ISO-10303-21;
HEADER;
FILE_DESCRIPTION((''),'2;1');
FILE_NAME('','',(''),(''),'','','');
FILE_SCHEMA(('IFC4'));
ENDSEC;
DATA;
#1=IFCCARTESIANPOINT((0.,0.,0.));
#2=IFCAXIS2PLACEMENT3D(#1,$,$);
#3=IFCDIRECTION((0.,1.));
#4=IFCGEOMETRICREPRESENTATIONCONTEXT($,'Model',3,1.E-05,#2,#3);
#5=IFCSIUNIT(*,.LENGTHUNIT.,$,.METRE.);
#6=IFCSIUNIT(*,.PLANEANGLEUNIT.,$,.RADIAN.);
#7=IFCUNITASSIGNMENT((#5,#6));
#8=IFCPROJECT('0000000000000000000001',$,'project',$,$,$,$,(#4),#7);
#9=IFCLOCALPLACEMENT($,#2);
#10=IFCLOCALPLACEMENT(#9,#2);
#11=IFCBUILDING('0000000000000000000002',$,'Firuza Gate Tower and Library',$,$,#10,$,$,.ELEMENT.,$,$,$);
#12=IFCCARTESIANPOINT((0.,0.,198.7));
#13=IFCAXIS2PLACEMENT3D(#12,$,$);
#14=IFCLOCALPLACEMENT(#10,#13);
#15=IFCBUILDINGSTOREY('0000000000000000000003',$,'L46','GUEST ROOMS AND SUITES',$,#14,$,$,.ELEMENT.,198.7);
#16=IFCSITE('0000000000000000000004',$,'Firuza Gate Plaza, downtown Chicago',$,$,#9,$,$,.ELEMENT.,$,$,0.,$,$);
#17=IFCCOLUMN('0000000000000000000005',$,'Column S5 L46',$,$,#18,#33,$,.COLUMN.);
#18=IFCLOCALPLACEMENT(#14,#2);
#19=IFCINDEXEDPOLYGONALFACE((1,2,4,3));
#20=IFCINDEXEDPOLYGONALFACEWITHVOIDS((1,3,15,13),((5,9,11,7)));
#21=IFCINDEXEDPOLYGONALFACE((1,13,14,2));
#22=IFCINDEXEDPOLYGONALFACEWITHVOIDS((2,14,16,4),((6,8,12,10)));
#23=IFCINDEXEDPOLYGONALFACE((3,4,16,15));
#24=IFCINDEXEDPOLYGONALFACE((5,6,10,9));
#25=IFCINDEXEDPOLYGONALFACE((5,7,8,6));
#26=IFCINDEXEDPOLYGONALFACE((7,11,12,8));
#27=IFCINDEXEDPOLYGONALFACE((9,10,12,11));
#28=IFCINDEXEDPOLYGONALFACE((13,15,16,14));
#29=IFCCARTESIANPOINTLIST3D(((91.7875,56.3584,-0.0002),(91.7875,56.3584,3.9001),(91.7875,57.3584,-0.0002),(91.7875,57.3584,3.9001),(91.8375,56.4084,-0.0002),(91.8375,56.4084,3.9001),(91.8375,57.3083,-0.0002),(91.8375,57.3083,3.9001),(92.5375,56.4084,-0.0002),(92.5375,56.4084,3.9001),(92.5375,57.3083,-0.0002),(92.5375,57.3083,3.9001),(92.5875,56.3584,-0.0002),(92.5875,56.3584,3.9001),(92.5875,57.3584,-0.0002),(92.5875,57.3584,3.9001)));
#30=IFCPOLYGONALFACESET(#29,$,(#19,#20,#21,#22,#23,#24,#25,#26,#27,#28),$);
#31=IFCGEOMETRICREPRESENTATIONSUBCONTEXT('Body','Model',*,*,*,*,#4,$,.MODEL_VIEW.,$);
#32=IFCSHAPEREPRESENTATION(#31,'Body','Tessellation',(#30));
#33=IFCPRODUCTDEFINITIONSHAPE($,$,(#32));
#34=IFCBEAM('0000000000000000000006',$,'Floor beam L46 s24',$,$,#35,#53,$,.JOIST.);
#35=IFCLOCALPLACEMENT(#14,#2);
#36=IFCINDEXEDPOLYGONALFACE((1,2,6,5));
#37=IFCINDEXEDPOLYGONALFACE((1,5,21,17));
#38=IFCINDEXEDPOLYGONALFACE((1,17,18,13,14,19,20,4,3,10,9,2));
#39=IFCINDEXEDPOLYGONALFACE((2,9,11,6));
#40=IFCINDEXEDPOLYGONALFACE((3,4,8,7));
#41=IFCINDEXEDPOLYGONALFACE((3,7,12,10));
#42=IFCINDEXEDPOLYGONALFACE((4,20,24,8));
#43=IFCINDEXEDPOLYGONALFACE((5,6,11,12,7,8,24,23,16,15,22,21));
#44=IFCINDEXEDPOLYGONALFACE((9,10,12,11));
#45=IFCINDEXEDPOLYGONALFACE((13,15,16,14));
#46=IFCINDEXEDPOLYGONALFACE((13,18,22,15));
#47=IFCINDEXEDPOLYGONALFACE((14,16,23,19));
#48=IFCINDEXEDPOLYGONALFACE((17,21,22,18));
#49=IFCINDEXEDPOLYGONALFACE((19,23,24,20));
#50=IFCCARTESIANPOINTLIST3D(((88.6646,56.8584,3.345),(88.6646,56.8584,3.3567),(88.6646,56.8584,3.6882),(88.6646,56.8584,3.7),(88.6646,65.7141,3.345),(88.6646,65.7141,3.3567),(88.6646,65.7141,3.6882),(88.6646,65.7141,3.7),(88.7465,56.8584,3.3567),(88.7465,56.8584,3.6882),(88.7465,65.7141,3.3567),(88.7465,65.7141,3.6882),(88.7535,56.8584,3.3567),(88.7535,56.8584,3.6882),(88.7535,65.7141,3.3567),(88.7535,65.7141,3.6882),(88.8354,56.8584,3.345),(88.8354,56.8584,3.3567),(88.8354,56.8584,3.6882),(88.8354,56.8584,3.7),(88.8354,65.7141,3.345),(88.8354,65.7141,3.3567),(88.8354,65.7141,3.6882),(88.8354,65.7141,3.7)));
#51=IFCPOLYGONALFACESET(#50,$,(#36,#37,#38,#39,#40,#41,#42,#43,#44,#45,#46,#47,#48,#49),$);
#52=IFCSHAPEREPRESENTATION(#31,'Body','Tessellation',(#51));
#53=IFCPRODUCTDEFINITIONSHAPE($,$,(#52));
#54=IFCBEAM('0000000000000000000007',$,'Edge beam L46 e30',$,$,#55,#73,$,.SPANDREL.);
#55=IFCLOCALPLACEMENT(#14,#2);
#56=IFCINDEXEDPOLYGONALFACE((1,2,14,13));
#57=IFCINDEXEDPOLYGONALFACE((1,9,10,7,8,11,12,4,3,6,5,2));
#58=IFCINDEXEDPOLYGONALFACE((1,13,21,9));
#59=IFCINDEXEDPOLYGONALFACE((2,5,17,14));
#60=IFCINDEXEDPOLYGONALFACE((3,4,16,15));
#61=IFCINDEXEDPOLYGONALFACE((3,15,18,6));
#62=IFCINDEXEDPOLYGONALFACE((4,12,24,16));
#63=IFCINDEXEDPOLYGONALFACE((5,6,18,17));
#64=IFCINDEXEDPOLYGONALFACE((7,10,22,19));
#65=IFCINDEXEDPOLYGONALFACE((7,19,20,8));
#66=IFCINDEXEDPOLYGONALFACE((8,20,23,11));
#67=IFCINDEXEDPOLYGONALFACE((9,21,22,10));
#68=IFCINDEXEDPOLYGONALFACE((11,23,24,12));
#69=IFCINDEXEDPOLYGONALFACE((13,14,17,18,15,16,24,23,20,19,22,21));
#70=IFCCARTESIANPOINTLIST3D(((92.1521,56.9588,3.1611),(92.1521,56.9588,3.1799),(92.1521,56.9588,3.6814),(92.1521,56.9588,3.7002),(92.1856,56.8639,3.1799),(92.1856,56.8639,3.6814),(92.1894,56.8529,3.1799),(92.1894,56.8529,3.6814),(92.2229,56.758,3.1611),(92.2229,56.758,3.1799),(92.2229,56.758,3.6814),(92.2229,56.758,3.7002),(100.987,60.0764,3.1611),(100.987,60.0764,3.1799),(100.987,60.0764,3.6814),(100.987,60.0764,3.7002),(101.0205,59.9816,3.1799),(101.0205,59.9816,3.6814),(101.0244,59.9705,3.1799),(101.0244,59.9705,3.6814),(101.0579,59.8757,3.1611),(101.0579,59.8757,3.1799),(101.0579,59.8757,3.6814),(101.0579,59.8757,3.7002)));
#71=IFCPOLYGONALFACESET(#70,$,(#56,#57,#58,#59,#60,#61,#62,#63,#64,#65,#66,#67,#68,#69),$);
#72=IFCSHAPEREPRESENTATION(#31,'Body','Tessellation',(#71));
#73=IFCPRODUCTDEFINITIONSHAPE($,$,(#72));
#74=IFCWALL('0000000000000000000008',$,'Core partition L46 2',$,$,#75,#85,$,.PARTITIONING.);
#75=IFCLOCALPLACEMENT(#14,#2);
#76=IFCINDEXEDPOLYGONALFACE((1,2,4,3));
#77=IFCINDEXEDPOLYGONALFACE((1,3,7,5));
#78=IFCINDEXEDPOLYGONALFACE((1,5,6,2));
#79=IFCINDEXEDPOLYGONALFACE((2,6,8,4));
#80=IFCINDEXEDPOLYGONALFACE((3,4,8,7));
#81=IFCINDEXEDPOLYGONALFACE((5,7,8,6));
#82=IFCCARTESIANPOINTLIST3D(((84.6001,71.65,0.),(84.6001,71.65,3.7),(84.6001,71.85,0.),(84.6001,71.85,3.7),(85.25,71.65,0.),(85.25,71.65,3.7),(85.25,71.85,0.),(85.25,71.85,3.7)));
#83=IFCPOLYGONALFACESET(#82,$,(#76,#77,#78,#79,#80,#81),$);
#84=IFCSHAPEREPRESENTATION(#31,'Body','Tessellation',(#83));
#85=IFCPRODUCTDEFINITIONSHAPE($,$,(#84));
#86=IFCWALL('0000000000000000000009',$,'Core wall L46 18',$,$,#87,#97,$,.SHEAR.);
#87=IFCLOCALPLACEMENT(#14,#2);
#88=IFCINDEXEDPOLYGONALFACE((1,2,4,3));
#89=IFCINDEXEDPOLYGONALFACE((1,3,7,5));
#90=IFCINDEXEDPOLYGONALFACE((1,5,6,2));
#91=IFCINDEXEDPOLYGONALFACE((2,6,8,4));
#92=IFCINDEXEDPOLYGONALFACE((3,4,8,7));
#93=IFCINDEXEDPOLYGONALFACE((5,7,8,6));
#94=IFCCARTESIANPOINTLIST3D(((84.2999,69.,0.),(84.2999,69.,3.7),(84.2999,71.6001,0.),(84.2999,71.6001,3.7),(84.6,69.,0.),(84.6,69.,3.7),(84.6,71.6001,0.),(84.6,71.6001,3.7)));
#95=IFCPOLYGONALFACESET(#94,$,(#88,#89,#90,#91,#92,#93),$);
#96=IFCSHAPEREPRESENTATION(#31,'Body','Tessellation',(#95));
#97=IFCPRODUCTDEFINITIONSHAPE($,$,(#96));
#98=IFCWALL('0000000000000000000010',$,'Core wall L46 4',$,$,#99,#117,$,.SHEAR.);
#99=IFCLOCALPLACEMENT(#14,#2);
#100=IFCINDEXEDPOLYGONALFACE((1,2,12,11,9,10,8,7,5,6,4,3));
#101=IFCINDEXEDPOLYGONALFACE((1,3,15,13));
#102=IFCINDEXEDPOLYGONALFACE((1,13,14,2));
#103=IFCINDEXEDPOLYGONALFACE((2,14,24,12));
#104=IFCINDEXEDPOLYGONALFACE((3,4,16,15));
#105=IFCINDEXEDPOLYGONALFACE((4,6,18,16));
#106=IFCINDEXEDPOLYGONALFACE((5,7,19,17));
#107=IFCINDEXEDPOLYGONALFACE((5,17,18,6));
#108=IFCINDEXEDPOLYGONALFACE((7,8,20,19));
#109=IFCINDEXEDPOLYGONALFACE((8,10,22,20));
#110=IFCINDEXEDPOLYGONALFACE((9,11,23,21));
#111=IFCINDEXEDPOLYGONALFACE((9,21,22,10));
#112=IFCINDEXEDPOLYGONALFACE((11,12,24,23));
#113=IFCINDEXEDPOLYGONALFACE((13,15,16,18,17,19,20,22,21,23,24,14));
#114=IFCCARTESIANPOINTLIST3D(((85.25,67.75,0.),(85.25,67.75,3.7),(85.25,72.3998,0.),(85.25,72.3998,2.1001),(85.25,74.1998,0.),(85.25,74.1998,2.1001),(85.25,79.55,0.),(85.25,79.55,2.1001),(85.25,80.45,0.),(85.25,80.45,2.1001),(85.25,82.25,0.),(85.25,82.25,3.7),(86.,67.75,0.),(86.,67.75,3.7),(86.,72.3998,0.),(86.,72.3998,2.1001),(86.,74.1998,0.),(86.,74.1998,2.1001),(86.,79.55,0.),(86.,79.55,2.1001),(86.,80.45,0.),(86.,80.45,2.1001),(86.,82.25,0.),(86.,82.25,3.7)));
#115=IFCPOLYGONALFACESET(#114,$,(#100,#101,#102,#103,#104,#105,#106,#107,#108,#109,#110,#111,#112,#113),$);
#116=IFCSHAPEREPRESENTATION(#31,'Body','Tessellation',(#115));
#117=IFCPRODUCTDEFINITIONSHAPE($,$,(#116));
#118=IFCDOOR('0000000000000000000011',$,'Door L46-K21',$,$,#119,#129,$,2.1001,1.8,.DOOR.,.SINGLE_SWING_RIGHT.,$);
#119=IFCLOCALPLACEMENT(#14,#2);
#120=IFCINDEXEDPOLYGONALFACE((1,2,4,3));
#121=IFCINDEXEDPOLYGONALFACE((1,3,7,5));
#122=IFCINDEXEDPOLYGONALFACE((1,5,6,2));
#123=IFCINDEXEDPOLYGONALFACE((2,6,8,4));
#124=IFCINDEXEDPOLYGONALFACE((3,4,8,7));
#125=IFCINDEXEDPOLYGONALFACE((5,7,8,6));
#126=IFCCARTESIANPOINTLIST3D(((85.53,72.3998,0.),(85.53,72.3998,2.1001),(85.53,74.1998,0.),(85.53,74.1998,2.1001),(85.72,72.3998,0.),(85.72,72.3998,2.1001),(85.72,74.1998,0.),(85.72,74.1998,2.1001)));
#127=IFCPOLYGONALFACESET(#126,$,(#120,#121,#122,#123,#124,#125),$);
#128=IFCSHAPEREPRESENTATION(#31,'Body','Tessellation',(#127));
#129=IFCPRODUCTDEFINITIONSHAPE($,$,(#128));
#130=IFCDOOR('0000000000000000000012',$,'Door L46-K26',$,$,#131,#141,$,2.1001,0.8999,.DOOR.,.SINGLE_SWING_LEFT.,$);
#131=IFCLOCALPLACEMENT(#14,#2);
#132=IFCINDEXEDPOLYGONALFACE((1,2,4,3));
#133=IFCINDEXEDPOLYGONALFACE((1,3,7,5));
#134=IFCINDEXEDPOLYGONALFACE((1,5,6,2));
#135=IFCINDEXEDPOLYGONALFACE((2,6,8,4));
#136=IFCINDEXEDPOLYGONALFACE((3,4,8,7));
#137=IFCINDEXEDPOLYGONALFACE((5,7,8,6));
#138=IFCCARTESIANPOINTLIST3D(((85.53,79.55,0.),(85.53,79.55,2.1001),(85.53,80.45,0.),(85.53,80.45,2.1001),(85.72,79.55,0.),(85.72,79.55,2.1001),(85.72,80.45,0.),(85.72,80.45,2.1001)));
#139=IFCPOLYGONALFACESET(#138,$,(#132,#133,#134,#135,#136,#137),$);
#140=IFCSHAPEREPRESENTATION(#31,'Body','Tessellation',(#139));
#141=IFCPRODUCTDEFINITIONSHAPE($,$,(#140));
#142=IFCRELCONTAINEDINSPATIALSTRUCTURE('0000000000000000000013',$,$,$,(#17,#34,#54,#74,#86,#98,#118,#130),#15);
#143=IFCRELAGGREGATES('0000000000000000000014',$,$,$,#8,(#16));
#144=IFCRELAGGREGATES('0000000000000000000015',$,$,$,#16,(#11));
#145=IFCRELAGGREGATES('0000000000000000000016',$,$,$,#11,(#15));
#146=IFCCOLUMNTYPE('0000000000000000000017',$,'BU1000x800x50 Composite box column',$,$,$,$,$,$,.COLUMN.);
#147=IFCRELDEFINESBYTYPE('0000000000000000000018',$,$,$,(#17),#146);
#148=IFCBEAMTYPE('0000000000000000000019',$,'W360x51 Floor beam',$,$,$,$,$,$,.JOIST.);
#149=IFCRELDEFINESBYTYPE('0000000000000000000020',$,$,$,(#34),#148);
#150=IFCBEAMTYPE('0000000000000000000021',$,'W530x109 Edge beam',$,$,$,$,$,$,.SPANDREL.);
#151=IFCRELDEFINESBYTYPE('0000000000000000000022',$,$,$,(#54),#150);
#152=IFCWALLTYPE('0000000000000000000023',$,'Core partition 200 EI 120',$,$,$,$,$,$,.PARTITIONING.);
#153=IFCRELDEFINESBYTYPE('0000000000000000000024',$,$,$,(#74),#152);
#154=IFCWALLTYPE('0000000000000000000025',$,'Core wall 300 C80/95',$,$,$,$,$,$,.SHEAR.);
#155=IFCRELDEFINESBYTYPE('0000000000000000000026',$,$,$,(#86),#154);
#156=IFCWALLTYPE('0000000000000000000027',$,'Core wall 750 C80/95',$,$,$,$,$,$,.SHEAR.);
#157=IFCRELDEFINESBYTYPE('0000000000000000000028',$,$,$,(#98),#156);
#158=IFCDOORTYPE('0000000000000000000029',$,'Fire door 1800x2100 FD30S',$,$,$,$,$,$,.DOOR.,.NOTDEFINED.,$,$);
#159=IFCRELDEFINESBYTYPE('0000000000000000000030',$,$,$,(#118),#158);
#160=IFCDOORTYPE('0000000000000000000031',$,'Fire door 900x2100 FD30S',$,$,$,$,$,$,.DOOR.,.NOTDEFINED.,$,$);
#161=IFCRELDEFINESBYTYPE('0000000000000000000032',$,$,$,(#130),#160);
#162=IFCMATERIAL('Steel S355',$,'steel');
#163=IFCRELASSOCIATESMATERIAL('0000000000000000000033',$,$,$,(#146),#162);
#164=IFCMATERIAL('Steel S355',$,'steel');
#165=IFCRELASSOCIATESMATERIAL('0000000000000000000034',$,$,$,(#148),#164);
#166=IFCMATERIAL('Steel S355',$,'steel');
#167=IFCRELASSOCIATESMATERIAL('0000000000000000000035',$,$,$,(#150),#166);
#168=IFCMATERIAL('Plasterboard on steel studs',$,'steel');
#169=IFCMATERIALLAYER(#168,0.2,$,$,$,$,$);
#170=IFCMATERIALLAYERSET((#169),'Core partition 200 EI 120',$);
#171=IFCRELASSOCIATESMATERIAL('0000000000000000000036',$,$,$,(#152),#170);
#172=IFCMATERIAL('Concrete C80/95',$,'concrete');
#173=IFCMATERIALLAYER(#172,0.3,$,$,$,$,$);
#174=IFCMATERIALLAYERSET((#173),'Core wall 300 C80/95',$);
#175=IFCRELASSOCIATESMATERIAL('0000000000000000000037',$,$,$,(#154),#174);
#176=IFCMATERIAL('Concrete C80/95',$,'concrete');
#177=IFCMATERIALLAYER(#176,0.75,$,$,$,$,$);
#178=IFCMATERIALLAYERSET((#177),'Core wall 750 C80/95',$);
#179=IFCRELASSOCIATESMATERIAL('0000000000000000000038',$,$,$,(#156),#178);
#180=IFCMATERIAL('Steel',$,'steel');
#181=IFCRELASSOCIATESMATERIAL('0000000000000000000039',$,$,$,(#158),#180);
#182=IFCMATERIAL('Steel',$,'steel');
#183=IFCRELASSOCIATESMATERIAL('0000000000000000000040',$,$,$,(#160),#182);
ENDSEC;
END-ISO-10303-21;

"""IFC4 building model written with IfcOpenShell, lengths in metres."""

from ifc_helpers import new_model, si_unit, direction, frame, frame_2d, origin, origin_2d, place, context, subcontext, project, spatial, rectangle, hollow_rectangle, i_section, extrude, material, layer, layer_set, material_profile, profile_set, type_object, element, fill, save


model = new_model("IFC4")

# Units and contexts
model_context = context("Model", 3, precision=1e-05, world=origin(), true_north=direction((0.0, 1.0)))
body_context = subcontext(model_context, "Body", "Model", "MODEL_VIEW")
ifc_project = project(units=[si_unit("LENGTHUNIT", "METRE"), si_unit("PLANEANGLEUNIT", "RADIAN")], contexts=[model_context])

# Site, building, storey
site_placement = place(None, origin())
site = spatial("IfcSite", under=ifc_project, at=site_placement, Name="Firuza Gate Plaza, downtown Chicago", CompositionType="ELEMENT", RefElevation=0.0)
building_placement = place(site_placement, origin())
building = spatial("IfcBuilding", under=site, at=building_placement, Name="Firuza Gate Tower and Library", CompositionType="ELEMENT")
storey_placement = place(building_placement, frame((0.0, 0.0, 198.7)))
storey = spatial("IfcBuildingStorey", under=building, at=storey_placement, Name="L46", Description="GUEST ROOMS AND SUITES", CompositionType="ELEMENT", Elevation=198.7)

# Column
ifc_material_1 = material(Name="Steel S355", Category="steel")
ifc_material_profile_1 = material_profile(ifc_material_1, hollow_rectangle(XDim=0.8, YDim=1.0, WallThickness=0.05, at=origin_2d()))
ifc_profile_set_1 = profile_set([ifc_material_profile_1], Name="Steel S355")
column_type = type_object("IfcColumnType", Name="BU1000x800x50 Composite box column", PredefinedType="COLUMN", material=ifc_profile_set_1)
column_placement = place(storey_placement, frame((92.1875, 56.8584, -0.0002), z_axis=(0.0, 0.0, 1.0), x_axis=(1.0, 0.0, 0.0)))
element("IfcColumn", 1, at=column_placement, inside=storey, type_object=column_type, Name="Column S5 L46", PredefinedType="COLUMN", context=body_context, shape_type="SweptSolid", body=[
    extrude(hollow_rectangle(XDim=0.8, YDim=1.0, WallThickness=0.05, at=origin_2d()), origin(), (0.0, 0.0, 1.0), 3.9004),
])

# Beams
ifc_material_2 = material(Name="Steel S355", Category="steel")
ifc_material_profile_2 = material_profile(ifc_material_2, i_section(OverallWidth=0.1709, OverallDepth=0.355, WebThickness=0.0071, FlangeThickness=0.0117, at=origin_2d()))
ifc_profile_set_2 = profile_set([ifc_material_profile_2], Name="Steel S355")
beam_type_1 = type_object("IfcBeamType", Name="W360x51 Floor beam", PredefinedType="JOIST", material=ifc_profile_set_2)
beam_1_placement = place(storey_placement, frame((88.75, 56.8584, 3.5225), z_axis=(0.0, 1.0, 0.0), x_axis=(-1.0, 0.0, 0.0)))
element("IfcBeam", 2, at=beam_1_placement, inside=storey, type_object=beam_type_1, Name="Floor beam L46 s24", PredefinedType="JOIST", context=body_context, shape_type="SweptSolid", body=[
    extrude(i_section(OverallWidth=0.1709, OverallDepth=0.355, WebThickness=0.0071, FlangeThickness=0.0117, at=origin_2d()), origin(), (0.0, 0.0, 1.0), 8.8557),
])
ifc_material_3 = material(Name="Steel S355", Category="steel")
ifc_material_profile_3 = material_profile(ifc_material_3, i_section(OverallWidth=0.2129, OverallDepth=0.5391, WebThickness=0.0117, FlangeThickness=0.0188, at=origin_2d()))
ifc_profile_set_3 = profile_set([ifc_material_profile_3], Name="Steel S355")
beam_type_2 = type_object("IfcBeamType", Name="W530x109 Edge beam", PredefinedType="SPANDREL", material=ifc_profile_set_3)
beam_2_placement = place(storey_placement, frame((92.1875, 56.8584, 3.4307), z_axis=(0.943009, 0.332768, 0.0), x_axis=(-0.332768, 0.943009, 0.0)))
element("IfcBeam", 3, at=beam_2_placement, inside=storey, type_object=beam_type_2, Name="Edge beam L46 e30", PredefinedType="SPANDREL", context=body_context, shape_type="SweptSolid", body=[
    extrude(i_section(OverallWidth=0.2129, OverallDepth=0.5391, WebThickness=0.0117, FlangeThickness=0.0188, at=origin_2d()), origin(), (0.0, 0.0, 1.0), 9.3689),
])

# Walls
ifc_material_4 = material(Name="Plasterboard on steel studs", Category="steel")
ifc_layer_1 = layer(ifc_material_4, 0.2)
ifc_layer_set_1 = layer_set([ifc_layer_1], Name="Core partition 200 EI 120")
wall_type_1 = type_object("IfcWallType", Name="Core partition 200 EI 120", PredefinedType="PARTITIONING", material=ifc_layer_set_1)
wall_1_placement = place(storey_placement, frame((84.6001, 71.75, 0.0), z_axis=(0.0, 0.0, 1.0), x_axis=(1.0, 0.0, 0.0)))
element("IfcWall", 4, at=wall_1_placement, inside=storey, type_object=wall_type_1, Name="Core partition L46 2", PredefinedType="PARTITIONING", context=body_context, shape_type="SweptSolid", body=[
    extrude(rectangle(XDim=0.6499, YDim=0.2, at=frame_2d((0.325, 0.0))), origin(), (0.0, 0.0, 1.0), 3.7),
])
ifc_material_5 = material(Name="Concrete C80/95", Category="concrete")
ifc_layer_2 = layer(ifc_material_5, 0.3)
ifc_layer_set_2 = layer_set([ifc_layer_2], Name="Core wall 300 C80/95")
wall_type_2 = type_object("IfcWallType", Name="Core wall 300 C80/95", PredefinedType="SHEAR", material=ifc_layer_set_2)
wall_2_placement = place(storey_placement, frame((84.45, 69.0, 0.0), z_axis=(0.0, 0.0, 1.0), x_axis=(0.0, 1.0, 0.0)))
element("IfcWall", 5, at=wall_2_placement, inside=storey, type_object=wall_type_2, Name="Core wall L46 18", PredefinedType="SHEAR", context=body_context, shape_type="SweptSolid", body=[
    extrude(rectangle(XDim=2.6001, YDim=0.3, at=frame_2d((1.3, 0.0))), origin(), (0.0, 0.0, 1.0), 3.7),
])

# Wall, openings, doors
ifc_material_6 = material(Name="Concrete C80/95", Category="concrete")
ifc_layer_3 = layer(ifc_material_6, 0.75)
ifc_layer_set_3 = layer_set([ifc_layer_3], Name="Core wall 750 C80/95")
wall_type_3 = type_object("IfcWallType", Name="Core wall 750 C80/95", PredefinedType="SHEAR", material=ifc_layer_set_3)
wall_3_placement = place(storey_placement, frame((85.625, 67.75, 0.0), z_axis=(0.0, 0.0, 1.0), x_axis=(0.0, 1.0, 0.0)))
wall_3 = element("IfcWall", 6, at=wall_3_placement, inside=storey, type_object=wall_type_3, Name="Core wall L46 4", PredefinedType="SHEAR", context=body_context, shape_type="SweptSolid", body=[
    extrude(rectangle(XDim=14.5, YDim=0.75, at=frame_2d((7.25, 0.0))), origin(), (0.0, 0.0, 1.0), 3.7),
])
opening_1_placement = place(wall_3_placement, frame((4.6499, 0.0, 0.0)))
opening_1 = element("IfcOpeningElement", 7, at=opening_1_placement, cuts=wall_3, PredefinedType="OPENING", context=body_context, shape_type="SweptSolid", body=[
    extrude(rectangle(XDim=1.8, YDim=2.1001, at=frame_2d((0.8999, 1.05))), frame((0.0, 0.385, 0.0), z_axis=(0.0, -1.0, 0.0), x_axis=(1.0, 0.0, 0.0)), (0.0, 0.0, 1.0), 0.77),
])
opening_2_placement = place(wall_3_placement, frame((11.8, 0.0, 0.0)))
opening_2 = element("IfcOpeningElement", 8, at=opening_2_placement, cuts=wall_3, PredefinedType="OPENING", context=body_context, shape_type="SweptSolid", body=[
    extrude(rectangle(XDim=0.8999, YDim=2.1001, at=frame_2d((0.45, 1.05))), frame((0.0, 0.385, 0.0), z_axis=(0.0, -1.0, 0.0), x_axis=(1.0, 0.0, 0.0)), (0.0, 0.0, 1.0), 0.77),
])
ifc_material_7 = material(Name="Steel", Category="steel")
door_type_1 = type_object("IfcDoorType", Name="Fire door 1800x2100 FD30S", OperationType="NOTDEFINED", PredefinedType="DOOR", material=ifc_material_7)
door_1_placement = place(opening_1_placement, origin())
door_1 = element("IfcDoor", 9, at=door_1_placement, inside=storey, type_object=door_type_1, Name="Door L46-K21", OperationType="SINGLE_SWING_RIGHT", OverallHeight=2.1001, OverallWidth=1.8, PredefinedType="DOOR", context=body_context, shape_type="SweptSolid", body=[
    extrude(rectangle(XDim=1.8, YDim=2.1001, at=frame_2d((0.8999, 1.05))), frame((0.0, 0.095, 0.0), z_axis=(0.0, -1.0, 0.0), x_axis=(1.0, 0.0, 0.0)), (0.0, 0.0, 1.0), 0.1899),
])
fill(opening_1, door_1)
ifc_material_8 = material(Name="Steel", Category="steel")
door_type_2 = type_object("IfcDoorType", Name="Fire door 900x2100 FD30S", OperationType="NOTDEFINED", PredefinedType="DOOR", material=ifc_material_8)
door_2_placement = place(opening_2_placement, origin())
door_2 = element("IfcDoor", 10, at=door_2_placement, inside=storey, type_object=door_type_2, Name="Door L46-K26", OperationType="SINGLE_SWING_LEFT", OverallHeight=2.1001, OverallWidth=0.8999, PredefinedType="DOOR", context=body_context, shape_type="SweptSolid", body=[
    extrude(rectangle(XDim=0.8999, YDim=2.1001, at=frame_2d((0.45, 1.05))), frame((0.0, 0.095, 0.0), z_axis=(0.0, -1.0, 0.0), x_axis=(1.0, 0.0, 0.0)), (0.0, 0.0, 1.0), 0.1899),
])
fill(opening_2, door_2)

save(model, "model.ifc")
